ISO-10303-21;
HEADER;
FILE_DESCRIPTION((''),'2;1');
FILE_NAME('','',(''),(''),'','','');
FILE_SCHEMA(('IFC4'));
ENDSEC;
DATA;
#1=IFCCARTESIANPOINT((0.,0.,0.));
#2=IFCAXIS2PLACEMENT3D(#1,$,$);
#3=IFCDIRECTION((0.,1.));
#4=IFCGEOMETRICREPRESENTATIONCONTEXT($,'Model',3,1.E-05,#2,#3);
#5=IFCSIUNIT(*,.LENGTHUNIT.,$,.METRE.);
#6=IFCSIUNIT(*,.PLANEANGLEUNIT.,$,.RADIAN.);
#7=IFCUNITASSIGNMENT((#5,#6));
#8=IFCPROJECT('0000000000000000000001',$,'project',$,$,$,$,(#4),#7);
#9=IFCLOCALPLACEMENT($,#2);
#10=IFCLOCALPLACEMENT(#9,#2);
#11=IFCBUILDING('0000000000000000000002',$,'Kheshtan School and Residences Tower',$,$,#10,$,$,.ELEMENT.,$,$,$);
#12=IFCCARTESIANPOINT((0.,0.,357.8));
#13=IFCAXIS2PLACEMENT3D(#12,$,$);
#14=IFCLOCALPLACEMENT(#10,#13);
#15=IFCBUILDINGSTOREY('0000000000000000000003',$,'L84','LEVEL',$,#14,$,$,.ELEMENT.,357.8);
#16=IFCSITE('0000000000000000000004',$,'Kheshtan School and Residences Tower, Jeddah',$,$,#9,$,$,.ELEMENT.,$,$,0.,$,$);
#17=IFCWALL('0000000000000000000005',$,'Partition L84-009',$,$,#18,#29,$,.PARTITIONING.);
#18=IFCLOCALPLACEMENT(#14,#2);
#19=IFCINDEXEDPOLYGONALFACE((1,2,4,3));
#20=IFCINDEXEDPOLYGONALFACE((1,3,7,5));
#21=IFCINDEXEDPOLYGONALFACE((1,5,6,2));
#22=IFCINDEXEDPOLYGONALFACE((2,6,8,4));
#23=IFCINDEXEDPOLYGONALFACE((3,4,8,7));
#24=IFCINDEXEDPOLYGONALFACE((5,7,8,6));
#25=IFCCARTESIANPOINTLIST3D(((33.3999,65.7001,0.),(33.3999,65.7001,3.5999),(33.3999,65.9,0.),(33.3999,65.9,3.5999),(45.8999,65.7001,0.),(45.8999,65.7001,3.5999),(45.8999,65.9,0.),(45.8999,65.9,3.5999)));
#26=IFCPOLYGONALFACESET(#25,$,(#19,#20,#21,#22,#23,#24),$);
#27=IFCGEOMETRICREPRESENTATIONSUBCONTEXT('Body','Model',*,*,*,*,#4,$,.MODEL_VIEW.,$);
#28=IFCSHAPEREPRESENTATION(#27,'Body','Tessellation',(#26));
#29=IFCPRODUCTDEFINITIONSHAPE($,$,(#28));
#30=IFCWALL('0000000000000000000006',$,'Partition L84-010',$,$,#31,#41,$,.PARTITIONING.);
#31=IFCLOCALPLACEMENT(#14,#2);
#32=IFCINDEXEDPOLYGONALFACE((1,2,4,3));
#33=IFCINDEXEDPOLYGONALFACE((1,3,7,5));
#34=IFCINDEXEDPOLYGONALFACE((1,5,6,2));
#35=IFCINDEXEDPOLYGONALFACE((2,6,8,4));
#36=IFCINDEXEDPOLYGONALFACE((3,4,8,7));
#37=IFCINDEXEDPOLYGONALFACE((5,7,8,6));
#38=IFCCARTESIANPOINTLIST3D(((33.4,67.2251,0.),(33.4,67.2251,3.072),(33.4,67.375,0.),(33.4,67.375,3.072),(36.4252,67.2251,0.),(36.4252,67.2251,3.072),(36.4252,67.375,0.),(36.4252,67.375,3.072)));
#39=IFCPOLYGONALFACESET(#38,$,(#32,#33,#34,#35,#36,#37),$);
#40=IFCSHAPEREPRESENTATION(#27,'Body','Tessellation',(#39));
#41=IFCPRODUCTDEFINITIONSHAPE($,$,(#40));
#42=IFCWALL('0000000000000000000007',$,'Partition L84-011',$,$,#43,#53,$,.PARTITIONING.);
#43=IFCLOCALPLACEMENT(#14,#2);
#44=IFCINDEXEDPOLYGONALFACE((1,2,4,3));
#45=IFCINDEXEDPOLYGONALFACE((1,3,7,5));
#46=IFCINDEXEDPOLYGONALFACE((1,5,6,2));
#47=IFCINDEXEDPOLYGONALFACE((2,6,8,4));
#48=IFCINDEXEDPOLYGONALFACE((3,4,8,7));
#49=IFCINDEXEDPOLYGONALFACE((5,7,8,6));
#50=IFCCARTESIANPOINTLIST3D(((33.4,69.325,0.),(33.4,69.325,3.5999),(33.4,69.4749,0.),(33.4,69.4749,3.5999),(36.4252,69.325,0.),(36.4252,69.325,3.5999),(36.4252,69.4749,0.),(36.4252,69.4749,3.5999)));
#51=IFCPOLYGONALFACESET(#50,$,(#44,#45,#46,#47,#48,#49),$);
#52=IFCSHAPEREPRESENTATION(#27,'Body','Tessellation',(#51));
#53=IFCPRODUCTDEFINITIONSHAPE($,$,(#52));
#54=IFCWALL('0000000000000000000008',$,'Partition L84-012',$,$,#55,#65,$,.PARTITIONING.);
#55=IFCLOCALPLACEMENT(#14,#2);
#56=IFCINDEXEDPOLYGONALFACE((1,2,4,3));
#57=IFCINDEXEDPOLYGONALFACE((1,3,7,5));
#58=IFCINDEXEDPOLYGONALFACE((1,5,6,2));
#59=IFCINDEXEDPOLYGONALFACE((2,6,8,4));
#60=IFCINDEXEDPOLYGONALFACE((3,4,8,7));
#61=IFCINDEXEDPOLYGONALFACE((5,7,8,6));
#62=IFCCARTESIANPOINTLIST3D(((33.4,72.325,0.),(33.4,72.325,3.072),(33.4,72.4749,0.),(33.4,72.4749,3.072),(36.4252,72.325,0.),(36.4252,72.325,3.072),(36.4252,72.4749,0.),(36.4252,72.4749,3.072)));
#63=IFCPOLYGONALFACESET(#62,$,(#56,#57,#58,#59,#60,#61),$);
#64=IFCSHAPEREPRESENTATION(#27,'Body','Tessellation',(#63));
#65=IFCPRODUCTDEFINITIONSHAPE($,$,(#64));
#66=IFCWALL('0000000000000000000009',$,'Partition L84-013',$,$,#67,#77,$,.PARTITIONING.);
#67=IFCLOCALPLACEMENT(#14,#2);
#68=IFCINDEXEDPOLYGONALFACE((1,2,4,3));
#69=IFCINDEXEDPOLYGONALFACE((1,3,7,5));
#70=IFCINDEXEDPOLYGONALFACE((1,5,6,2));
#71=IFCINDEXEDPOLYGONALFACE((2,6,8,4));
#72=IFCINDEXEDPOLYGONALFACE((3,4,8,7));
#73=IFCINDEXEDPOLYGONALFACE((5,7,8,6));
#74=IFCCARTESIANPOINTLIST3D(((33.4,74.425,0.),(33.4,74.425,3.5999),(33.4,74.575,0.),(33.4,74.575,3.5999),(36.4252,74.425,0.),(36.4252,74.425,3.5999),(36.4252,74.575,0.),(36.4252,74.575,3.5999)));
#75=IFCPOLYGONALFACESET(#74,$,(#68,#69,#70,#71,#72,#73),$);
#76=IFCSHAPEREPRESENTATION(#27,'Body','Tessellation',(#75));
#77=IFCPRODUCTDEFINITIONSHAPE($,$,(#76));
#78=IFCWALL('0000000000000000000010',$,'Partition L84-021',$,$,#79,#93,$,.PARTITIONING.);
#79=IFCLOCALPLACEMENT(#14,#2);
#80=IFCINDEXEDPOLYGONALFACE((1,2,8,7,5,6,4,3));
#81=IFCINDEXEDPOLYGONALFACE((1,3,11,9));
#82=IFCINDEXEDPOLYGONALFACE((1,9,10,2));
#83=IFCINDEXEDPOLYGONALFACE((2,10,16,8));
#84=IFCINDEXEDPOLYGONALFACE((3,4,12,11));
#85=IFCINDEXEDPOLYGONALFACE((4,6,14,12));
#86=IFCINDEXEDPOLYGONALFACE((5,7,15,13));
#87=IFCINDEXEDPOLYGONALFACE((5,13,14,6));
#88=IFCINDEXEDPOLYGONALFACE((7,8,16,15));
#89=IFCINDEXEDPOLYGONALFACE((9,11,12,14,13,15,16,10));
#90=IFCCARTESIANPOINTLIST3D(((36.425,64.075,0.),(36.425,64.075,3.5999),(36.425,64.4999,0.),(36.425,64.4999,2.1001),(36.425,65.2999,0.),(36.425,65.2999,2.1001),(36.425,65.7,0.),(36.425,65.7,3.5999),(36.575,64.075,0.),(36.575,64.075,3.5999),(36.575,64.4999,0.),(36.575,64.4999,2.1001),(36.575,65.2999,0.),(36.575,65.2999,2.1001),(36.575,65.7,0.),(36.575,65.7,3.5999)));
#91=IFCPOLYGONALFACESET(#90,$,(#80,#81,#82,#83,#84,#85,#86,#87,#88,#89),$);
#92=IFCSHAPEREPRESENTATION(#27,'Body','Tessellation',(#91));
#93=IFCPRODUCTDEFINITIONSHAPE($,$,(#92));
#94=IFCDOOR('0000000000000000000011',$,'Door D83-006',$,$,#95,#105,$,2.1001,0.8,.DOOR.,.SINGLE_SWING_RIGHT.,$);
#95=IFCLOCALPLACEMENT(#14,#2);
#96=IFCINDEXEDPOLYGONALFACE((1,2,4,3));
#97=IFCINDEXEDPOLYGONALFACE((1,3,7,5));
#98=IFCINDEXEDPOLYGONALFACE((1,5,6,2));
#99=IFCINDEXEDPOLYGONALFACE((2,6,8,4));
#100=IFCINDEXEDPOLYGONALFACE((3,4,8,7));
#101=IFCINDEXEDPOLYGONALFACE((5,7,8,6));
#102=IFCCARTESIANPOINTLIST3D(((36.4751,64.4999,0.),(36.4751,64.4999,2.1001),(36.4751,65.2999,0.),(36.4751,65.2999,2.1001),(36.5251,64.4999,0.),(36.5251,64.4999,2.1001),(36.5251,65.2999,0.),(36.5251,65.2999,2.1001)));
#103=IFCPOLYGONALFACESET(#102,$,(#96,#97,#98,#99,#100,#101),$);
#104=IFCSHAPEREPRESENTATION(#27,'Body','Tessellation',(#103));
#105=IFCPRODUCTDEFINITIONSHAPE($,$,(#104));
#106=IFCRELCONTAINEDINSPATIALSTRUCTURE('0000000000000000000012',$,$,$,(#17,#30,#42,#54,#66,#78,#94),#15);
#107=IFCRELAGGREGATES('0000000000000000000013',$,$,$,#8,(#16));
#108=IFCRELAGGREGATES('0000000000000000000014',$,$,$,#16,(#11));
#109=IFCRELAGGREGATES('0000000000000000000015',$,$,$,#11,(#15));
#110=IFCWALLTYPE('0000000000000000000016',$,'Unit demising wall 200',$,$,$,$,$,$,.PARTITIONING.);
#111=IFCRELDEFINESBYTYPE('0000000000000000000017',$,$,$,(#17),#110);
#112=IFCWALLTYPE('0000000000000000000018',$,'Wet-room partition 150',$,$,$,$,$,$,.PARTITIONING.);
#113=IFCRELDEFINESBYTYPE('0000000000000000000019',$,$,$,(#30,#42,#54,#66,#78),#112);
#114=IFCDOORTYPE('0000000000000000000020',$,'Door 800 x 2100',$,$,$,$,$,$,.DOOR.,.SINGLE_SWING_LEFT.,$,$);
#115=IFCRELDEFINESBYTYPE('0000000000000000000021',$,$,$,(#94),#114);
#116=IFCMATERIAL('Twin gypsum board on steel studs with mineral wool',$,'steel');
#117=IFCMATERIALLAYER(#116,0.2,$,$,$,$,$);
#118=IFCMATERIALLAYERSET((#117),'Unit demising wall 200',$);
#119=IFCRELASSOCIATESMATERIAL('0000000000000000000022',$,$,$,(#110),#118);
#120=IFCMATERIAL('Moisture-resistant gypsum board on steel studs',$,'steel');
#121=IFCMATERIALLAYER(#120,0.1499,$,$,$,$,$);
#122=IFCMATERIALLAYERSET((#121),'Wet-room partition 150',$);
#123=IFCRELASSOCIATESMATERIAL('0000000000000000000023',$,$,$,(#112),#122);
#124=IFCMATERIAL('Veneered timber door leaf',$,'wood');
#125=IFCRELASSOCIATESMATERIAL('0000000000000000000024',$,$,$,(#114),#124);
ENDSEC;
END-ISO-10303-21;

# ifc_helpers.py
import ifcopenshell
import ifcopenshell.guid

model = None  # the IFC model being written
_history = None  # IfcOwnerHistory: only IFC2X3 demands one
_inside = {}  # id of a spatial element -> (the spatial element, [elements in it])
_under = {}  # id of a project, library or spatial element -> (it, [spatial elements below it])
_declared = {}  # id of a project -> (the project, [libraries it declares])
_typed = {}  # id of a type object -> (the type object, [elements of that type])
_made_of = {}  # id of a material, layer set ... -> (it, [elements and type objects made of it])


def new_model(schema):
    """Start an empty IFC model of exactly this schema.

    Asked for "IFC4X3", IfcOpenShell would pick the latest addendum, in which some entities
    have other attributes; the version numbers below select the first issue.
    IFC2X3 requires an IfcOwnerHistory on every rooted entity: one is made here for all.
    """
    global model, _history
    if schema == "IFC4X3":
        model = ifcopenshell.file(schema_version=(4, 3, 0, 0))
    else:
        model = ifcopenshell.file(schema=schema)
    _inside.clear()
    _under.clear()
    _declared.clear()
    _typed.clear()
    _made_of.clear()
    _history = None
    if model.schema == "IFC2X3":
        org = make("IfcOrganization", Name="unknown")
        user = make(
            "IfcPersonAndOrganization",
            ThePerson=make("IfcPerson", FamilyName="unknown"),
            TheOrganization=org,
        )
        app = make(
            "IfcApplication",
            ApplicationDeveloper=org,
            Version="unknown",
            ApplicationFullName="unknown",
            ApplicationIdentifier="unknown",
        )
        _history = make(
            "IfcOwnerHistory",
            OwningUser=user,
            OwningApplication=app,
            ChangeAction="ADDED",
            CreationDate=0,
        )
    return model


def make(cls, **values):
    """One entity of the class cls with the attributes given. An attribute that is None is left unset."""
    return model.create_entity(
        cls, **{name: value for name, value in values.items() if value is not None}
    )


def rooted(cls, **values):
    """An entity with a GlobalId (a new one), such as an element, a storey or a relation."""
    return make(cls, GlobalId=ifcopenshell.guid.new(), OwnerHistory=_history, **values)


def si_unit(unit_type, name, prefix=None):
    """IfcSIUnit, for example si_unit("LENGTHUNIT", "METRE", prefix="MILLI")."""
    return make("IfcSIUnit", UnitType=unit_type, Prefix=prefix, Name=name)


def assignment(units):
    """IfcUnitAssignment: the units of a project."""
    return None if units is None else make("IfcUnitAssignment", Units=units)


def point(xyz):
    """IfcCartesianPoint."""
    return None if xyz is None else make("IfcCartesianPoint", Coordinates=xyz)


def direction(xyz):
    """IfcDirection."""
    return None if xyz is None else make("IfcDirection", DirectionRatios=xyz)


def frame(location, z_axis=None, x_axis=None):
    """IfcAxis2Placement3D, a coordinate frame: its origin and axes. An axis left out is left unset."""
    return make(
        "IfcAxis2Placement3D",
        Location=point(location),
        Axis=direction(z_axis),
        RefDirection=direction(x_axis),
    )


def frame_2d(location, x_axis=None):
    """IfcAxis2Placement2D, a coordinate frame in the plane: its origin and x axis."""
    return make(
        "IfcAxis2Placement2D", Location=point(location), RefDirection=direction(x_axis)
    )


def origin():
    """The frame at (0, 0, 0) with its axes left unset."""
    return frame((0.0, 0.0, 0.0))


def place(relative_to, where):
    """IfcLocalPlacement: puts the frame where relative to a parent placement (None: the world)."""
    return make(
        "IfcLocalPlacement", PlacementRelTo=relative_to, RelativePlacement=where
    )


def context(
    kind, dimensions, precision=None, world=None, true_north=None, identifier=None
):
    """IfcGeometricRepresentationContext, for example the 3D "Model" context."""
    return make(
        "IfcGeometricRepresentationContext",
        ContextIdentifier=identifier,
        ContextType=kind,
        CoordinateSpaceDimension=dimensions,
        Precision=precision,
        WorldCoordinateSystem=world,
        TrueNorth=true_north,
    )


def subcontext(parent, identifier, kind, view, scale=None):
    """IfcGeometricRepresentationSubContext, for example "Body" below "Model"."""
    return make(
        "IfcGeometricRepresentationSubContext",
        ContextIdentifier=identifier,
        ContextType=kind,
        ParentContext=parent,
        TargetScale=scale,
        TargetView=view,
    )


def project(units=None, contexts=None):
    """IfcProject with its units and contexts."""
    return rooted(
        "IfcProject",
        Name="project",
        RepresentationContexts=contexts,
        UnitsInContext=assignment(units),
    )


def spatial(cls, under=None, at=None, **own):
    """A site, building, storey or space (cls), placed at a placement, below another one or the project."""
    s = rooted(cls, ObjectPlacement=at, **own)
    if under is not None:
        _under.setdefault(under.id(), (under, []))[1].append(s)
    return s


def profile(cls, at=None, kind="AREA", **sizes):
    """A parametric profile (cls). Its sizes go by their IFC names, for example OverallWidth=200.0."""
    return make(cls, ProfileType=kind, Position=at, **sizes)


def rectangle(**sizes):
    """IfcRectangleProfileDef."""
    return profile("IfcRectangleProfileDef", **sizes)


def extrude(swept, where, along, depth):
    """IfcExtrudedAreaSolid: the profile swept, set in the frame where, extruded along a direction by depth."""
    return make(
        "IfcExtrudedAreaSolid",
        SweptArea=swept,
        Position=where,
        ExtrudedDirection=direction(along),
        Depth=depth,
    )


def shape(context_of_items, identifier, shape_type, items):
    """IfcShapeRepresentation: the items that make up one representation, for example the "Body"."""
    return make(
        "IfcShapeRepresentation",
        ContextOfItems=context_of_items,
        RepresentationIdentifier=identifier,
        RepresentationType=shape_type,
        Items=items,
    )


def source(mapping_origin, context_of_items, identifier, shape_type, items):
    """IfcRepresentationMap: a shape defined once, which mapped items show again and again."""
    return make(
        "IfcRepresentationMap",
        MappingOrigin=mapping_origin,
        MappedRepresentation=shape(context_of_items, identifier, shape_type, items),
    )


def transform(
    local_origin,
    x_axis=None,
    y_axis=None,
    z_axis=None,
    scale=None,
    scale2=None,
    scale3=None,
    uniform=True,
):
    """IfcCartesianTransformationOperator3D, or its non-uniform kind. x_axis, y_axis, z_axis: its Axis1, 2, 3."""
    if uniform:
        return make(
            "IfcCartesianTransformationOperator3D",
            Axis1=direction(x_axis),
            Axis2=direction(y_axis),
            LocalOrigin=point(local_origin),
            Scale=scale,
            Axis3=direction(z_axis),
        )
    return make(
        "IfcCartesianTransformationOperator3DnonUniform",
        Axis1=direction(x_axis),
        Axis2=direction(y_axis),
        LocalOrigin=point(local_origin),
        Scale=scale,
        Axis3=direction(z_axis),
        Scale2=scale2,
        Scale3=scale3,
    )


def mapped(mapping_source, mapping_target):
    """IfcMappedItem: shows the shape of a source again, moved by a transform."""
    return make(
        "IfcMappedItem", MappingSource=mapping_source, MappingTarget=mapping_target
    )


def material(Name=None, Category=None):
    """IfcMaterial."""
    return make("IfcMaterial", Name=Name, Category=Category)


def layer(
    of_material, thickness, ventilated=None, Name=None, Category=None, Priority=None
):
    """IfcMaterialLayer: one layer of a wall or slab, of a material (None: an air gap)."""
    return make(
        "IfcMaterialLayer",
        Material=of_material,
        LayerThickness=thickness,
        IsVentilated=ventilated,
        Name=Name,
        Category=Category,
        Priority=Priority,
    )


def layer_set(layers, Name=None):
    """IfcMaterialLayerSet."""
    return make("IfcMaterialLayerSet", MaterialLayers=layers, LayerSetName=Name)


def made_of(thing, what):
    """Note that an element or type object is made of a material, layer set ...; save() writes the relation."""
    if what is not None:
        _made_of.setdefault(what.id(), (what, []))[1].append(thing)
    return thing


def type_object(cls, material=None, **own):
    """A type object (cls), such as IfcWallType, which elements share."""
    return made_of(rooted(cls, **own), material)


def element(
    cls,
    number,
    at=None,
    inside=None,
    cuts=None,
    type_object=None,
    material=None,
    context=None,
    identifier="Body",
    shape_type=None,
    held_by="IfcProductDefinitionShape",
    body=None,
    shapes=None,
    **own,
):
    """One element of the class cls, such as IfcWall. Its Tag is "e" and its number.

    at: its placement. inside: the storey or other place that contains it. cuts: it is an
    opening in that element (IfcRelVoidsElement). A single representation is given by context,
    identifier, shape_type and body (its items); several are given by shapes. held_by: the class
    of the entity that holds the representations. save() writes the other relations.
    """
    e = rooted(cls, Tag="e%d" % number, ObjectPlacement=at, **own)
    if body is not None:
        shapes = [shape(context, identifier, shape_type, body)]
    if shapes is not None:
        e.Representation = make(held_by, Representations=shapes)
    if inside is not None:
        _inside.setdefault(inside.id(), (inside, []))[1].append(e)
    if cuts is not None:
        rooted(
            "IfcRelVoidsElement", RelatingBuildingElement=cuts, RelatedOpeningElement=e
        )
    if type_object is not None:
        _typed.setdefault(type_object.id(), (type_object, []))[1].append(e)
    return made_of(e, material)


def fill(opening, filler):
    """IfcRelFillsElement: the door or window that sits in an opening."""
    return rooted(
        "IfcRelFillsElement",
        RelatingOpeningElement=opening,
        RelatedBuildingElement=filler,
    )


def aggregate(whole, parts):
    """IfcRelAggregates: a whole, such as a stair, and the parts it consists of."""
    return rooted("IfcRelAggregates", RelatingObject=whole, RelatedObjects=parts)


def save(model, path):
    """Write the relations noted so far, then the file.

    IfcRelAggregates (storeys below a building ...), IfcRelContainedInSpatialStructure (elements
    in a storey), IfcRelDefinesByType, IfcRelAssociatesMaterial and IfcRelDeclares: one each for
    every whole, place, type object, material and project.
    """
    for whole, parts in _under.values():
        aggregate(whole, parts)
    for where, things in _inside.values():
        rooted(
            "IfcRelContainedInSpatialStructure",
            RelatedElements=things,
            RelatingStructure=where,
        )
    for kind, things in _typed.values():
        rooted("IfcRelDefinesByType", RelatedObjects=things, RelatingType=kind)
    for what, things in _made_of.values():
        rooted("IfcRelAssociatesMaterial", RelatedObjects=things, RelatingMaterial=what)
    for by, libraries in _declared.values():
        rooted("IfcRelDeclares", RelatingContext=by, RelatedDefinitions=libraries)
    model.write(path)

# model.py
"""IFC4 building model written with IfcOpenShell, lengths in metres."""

from ifc_helpers import new_model, si_unit, direction, frame, frame_2d, origin, place, context, subcontext, project, spatial, rectangle, extrude, source, transform, mapped, material, layer, layer_set, type_object, element, fill, save


model = new_model("IFC4")

# Units and contexts
model_context = context("Model", 3, precision=1e-05, world=origin(), true_north=direction((0.0, 1.0)))
body_context = subcontext(model_context, "Body", "Model", "MODEL_VIEW")
ifc_project = project(units=[si_unit("LENGTHUNIT", "METRE"), si_unit("PLANEANGLEUNIT", "RADIAN")], contexts=[model_context])

# Site, building, storey
site_placement = place(None, origin())
site = spatial("IfcSite", under=ifc_project, at=site_placement, Name="Kheshtan School and Residences Tower, Jeddah", CompositionType="ELEMENT", RefElevation=0.0)
building_placement = place(site_placement, origin())
building = spatial("IfcBuilding", under=site, at=building_placement, Name="Kheshtan School and Residences Tower", CompositionType="ELEMENT")
storey_placement = place(building_placement, frame((0.0, 0.0, 357.8)))
storey = spatial("IfcBuildingStorey", under=building, at=storey_placement, Name="L84", Description="LEVEL", CompositionType="ELEMENT", Elevation=357.8)

# Shared definitions
ifc_material_1 = material(Name="Veneered timber door leaf", Category="wood")

# Walls
ifc_material_2 = material(Name="Twin gypsum board on steel studs with mineral wool", Category="steel")
ifc_layer_1 = layer(ifc_material_2, 0.2)
ifc_layer_set_1 = layer_set([ifc_layer_1], Name="Unit demising wall 200")
wall_type_1 = type_object("IfcWallType", Name="Unit demising wall 200", PredefinedType="PARTITIONING", material=ifc_layer_set_1)
wall_1_placement = place(storey_placement, frame((33.3999, 65.8, 0.0), z_axis=(0.0, 0.0, 1.0), x_axis=(1.0, 0.0, 0.0)))
element("IfcWall", 1, at=wall_1_placement, inside=storey, type_object=wall_type_1, Name="Partition L84-009", PredefinedType="PARTITIONING", context=body_context, shape_type="SweptSolid", body=[
    extrude(rectangle(XDim=12.5, YDim=0.2, at=frame_2d((6.25, 0.0))), origin(), (0.0, 0.0, 1.0), 3.5999),
])
ifc_material_3 = material(Name="Moisture-resistant gypsum board on steel studs", Category="steel")
ifc_layer_2 = layer(ifc_material_3, 0.1499)
ifc_layer_set_2 = layer_set([ifc_layer_2], Name="Wet-room partition 150")
wall_type_2 = type_object("IfcWallType", Name="Wet-room partition 150", PredefinedType="PARTITIONING", material=ifc_layer_set_2)
wall_2_placement = place(storey_placement, frame((33.3999, 67.3, 0.0), z_axis=(0.0, 0.0, 1.0), x_axis=(1.0, 0.0, 0.0)))
element("IfcWall", 2, at=wall_2_placement, inside=storey, type_object=wall_type_2, Name="Partition L84-010", PredefinedType="PARTITIONING", context=body_context, shape_type="SweptSolid", body=[
    extrude(rectangle(XDim=3.0251, YDim=0.1499, at=frame_2d((1.5127, 0.0))), origin(), (0.0, 0.0, 1.0), 3.072),
])
wall_3_placement = place(storey_placement, frame((33.3999, 69.3999, 0.0), z_axis=(0.0, 0.0, 1.0), x_axis=(1.0, 0.0, 0.0)))
element("IfcWall", 3, at=wall_3_placement, inside=storey, type_object=wall_type_2, Name="Partition L84-011", PredefinedType="PARTITIONING", context=body_context, shape_type="SweptSolid", body=[
    extrude(rectangle(XDim=3.0251, YDim=0.1499, at=frame_2d((1.5127, 0.0))), origin(), (0.0, 0.0, 1.0), 3.5999),
])
wall_4_placement = place(storey_placement, frame((33.3999, 72.3999, 0.0), z_axis=(0.0, 0.0, 1.0), x_axis=(1.0, 0.0, 0.0)))
element("IfcWall", 4, at=wall_4_placement, inside=storey, type_object=wall_type_2, Name="Partition L84-012", PredefinedType="PARTITIONING", context=body_context, shape_type="SweptSolid", body=[
    extrude(rectangle(XDim=3.0251, YDim=0.1499, at=frame_2d((1.5127, 0.0))), origin(), (0.0, 0.0, 1.0), 3.072),
])
wall_5_placement = place(storey_placement, frame((33.3999, 74.5, 0.0), z_axis=(0.0, 0.0, 1.0), x_axis=(1.0, 0.0, 0.0)))
element("IfcWall", 5, at=wall_5_placement, inside=storey, type_object=wall_type_2, Name="Partition L84-013", PredefinedType="PARTITIONING", context=body_context, shape_type="SweptSolid", body=[
    extrude(rectangle(XDim=3.0251, YDim=0.1499, at=frame_2d((1.5127, 0.0))), origin(), (0.0, 0.0, 1.0), 3.5999),
])

# Wall, opening, door
wall_6_placement = place(storey_placement, frame((36.5, 64.075, 0.0), z_axis=(0.0, 0.0, 1.0), x_axis=(0.0, 1.0, 0.0)))
wall_6 = element("IfcWall", 6, at=wall_6_placement, inside=storey, type_object=wall_type_2, Name="Partition L84-021", PredefinedType="PARTITIONING", context=body_context, shape_type="SweptSolid", body=[
    extrude(rectangle(XDim=1.625, YDim=0.1499, at=frame_2d((0.8125, 0.0))), origin(), (0.0, 0.0, 1.0), 3.5999),
])
opening_1_placement = place(wall_6_placement, frame((0.425, 0.0, 0.0)))
opening_1 = element("IfcOpeningElement", 7, at=opening_1_placement, cuts=wall_6, PredefinedType="OPENING", context=body_context, shape_type="SweptSolid", body=[
    extrude(rectangle(XDim=0.8, YDim=2.1001, at=frame_2d((0.3999, 1.05))), frame((0.0, 0.085, 0.0), z_axis=(0.0, -1.0, 0.0), x_axis=(1.0, 0.0, 0.0)), (0.0, 0.0, 1.0), 0.1699),
])
door_type_1 = type_object("IfcDoorType", Name="Door 800 x 2100", OperationType="SINGLE_SWING_LEFT", PredefinedType="DOOR", material=ifc_material_1)
shared_shape_1 = source(origin(), body_context, "Body", "SweptSolid", [
    extrude(rectangle(XDim=0.8, YDim=2.1001, at=frame_2d((0.3999, 1.05))), frame((0.0, 0.0249, 0.0), z_axis=(0.0, -1.0, 0.0), x_axis=(1.0, 0.0, 0.0)), (0.0, 0.0, 1.0), 0.05),
])
door_1_placement = place(opening_1_placement, origin())
door_1 = element("IfcDoor", 8, at=door_1_placement, inside=storey, type_object=door_type_1, Name="Door D83-006", OperationType="SINGLE_SWING_RIGHT", OverallHeight=2.1001, OverallWidth=0.8, PredefinedType="DOOR", context=body_context, shape_type="MappedRepresentation", body=[
    mapped(shared_shape_1, transform((0.0, 0.0, 0.0), x_axis=(1.0, 0.0, 0.0), y_axis=(0.0, 1.0, 0.0), z_axis=(0.0, 0.0, 1.0), scale=1.0)),
])
fill(opening_1, door_1)

save(model, "model.ifc")
